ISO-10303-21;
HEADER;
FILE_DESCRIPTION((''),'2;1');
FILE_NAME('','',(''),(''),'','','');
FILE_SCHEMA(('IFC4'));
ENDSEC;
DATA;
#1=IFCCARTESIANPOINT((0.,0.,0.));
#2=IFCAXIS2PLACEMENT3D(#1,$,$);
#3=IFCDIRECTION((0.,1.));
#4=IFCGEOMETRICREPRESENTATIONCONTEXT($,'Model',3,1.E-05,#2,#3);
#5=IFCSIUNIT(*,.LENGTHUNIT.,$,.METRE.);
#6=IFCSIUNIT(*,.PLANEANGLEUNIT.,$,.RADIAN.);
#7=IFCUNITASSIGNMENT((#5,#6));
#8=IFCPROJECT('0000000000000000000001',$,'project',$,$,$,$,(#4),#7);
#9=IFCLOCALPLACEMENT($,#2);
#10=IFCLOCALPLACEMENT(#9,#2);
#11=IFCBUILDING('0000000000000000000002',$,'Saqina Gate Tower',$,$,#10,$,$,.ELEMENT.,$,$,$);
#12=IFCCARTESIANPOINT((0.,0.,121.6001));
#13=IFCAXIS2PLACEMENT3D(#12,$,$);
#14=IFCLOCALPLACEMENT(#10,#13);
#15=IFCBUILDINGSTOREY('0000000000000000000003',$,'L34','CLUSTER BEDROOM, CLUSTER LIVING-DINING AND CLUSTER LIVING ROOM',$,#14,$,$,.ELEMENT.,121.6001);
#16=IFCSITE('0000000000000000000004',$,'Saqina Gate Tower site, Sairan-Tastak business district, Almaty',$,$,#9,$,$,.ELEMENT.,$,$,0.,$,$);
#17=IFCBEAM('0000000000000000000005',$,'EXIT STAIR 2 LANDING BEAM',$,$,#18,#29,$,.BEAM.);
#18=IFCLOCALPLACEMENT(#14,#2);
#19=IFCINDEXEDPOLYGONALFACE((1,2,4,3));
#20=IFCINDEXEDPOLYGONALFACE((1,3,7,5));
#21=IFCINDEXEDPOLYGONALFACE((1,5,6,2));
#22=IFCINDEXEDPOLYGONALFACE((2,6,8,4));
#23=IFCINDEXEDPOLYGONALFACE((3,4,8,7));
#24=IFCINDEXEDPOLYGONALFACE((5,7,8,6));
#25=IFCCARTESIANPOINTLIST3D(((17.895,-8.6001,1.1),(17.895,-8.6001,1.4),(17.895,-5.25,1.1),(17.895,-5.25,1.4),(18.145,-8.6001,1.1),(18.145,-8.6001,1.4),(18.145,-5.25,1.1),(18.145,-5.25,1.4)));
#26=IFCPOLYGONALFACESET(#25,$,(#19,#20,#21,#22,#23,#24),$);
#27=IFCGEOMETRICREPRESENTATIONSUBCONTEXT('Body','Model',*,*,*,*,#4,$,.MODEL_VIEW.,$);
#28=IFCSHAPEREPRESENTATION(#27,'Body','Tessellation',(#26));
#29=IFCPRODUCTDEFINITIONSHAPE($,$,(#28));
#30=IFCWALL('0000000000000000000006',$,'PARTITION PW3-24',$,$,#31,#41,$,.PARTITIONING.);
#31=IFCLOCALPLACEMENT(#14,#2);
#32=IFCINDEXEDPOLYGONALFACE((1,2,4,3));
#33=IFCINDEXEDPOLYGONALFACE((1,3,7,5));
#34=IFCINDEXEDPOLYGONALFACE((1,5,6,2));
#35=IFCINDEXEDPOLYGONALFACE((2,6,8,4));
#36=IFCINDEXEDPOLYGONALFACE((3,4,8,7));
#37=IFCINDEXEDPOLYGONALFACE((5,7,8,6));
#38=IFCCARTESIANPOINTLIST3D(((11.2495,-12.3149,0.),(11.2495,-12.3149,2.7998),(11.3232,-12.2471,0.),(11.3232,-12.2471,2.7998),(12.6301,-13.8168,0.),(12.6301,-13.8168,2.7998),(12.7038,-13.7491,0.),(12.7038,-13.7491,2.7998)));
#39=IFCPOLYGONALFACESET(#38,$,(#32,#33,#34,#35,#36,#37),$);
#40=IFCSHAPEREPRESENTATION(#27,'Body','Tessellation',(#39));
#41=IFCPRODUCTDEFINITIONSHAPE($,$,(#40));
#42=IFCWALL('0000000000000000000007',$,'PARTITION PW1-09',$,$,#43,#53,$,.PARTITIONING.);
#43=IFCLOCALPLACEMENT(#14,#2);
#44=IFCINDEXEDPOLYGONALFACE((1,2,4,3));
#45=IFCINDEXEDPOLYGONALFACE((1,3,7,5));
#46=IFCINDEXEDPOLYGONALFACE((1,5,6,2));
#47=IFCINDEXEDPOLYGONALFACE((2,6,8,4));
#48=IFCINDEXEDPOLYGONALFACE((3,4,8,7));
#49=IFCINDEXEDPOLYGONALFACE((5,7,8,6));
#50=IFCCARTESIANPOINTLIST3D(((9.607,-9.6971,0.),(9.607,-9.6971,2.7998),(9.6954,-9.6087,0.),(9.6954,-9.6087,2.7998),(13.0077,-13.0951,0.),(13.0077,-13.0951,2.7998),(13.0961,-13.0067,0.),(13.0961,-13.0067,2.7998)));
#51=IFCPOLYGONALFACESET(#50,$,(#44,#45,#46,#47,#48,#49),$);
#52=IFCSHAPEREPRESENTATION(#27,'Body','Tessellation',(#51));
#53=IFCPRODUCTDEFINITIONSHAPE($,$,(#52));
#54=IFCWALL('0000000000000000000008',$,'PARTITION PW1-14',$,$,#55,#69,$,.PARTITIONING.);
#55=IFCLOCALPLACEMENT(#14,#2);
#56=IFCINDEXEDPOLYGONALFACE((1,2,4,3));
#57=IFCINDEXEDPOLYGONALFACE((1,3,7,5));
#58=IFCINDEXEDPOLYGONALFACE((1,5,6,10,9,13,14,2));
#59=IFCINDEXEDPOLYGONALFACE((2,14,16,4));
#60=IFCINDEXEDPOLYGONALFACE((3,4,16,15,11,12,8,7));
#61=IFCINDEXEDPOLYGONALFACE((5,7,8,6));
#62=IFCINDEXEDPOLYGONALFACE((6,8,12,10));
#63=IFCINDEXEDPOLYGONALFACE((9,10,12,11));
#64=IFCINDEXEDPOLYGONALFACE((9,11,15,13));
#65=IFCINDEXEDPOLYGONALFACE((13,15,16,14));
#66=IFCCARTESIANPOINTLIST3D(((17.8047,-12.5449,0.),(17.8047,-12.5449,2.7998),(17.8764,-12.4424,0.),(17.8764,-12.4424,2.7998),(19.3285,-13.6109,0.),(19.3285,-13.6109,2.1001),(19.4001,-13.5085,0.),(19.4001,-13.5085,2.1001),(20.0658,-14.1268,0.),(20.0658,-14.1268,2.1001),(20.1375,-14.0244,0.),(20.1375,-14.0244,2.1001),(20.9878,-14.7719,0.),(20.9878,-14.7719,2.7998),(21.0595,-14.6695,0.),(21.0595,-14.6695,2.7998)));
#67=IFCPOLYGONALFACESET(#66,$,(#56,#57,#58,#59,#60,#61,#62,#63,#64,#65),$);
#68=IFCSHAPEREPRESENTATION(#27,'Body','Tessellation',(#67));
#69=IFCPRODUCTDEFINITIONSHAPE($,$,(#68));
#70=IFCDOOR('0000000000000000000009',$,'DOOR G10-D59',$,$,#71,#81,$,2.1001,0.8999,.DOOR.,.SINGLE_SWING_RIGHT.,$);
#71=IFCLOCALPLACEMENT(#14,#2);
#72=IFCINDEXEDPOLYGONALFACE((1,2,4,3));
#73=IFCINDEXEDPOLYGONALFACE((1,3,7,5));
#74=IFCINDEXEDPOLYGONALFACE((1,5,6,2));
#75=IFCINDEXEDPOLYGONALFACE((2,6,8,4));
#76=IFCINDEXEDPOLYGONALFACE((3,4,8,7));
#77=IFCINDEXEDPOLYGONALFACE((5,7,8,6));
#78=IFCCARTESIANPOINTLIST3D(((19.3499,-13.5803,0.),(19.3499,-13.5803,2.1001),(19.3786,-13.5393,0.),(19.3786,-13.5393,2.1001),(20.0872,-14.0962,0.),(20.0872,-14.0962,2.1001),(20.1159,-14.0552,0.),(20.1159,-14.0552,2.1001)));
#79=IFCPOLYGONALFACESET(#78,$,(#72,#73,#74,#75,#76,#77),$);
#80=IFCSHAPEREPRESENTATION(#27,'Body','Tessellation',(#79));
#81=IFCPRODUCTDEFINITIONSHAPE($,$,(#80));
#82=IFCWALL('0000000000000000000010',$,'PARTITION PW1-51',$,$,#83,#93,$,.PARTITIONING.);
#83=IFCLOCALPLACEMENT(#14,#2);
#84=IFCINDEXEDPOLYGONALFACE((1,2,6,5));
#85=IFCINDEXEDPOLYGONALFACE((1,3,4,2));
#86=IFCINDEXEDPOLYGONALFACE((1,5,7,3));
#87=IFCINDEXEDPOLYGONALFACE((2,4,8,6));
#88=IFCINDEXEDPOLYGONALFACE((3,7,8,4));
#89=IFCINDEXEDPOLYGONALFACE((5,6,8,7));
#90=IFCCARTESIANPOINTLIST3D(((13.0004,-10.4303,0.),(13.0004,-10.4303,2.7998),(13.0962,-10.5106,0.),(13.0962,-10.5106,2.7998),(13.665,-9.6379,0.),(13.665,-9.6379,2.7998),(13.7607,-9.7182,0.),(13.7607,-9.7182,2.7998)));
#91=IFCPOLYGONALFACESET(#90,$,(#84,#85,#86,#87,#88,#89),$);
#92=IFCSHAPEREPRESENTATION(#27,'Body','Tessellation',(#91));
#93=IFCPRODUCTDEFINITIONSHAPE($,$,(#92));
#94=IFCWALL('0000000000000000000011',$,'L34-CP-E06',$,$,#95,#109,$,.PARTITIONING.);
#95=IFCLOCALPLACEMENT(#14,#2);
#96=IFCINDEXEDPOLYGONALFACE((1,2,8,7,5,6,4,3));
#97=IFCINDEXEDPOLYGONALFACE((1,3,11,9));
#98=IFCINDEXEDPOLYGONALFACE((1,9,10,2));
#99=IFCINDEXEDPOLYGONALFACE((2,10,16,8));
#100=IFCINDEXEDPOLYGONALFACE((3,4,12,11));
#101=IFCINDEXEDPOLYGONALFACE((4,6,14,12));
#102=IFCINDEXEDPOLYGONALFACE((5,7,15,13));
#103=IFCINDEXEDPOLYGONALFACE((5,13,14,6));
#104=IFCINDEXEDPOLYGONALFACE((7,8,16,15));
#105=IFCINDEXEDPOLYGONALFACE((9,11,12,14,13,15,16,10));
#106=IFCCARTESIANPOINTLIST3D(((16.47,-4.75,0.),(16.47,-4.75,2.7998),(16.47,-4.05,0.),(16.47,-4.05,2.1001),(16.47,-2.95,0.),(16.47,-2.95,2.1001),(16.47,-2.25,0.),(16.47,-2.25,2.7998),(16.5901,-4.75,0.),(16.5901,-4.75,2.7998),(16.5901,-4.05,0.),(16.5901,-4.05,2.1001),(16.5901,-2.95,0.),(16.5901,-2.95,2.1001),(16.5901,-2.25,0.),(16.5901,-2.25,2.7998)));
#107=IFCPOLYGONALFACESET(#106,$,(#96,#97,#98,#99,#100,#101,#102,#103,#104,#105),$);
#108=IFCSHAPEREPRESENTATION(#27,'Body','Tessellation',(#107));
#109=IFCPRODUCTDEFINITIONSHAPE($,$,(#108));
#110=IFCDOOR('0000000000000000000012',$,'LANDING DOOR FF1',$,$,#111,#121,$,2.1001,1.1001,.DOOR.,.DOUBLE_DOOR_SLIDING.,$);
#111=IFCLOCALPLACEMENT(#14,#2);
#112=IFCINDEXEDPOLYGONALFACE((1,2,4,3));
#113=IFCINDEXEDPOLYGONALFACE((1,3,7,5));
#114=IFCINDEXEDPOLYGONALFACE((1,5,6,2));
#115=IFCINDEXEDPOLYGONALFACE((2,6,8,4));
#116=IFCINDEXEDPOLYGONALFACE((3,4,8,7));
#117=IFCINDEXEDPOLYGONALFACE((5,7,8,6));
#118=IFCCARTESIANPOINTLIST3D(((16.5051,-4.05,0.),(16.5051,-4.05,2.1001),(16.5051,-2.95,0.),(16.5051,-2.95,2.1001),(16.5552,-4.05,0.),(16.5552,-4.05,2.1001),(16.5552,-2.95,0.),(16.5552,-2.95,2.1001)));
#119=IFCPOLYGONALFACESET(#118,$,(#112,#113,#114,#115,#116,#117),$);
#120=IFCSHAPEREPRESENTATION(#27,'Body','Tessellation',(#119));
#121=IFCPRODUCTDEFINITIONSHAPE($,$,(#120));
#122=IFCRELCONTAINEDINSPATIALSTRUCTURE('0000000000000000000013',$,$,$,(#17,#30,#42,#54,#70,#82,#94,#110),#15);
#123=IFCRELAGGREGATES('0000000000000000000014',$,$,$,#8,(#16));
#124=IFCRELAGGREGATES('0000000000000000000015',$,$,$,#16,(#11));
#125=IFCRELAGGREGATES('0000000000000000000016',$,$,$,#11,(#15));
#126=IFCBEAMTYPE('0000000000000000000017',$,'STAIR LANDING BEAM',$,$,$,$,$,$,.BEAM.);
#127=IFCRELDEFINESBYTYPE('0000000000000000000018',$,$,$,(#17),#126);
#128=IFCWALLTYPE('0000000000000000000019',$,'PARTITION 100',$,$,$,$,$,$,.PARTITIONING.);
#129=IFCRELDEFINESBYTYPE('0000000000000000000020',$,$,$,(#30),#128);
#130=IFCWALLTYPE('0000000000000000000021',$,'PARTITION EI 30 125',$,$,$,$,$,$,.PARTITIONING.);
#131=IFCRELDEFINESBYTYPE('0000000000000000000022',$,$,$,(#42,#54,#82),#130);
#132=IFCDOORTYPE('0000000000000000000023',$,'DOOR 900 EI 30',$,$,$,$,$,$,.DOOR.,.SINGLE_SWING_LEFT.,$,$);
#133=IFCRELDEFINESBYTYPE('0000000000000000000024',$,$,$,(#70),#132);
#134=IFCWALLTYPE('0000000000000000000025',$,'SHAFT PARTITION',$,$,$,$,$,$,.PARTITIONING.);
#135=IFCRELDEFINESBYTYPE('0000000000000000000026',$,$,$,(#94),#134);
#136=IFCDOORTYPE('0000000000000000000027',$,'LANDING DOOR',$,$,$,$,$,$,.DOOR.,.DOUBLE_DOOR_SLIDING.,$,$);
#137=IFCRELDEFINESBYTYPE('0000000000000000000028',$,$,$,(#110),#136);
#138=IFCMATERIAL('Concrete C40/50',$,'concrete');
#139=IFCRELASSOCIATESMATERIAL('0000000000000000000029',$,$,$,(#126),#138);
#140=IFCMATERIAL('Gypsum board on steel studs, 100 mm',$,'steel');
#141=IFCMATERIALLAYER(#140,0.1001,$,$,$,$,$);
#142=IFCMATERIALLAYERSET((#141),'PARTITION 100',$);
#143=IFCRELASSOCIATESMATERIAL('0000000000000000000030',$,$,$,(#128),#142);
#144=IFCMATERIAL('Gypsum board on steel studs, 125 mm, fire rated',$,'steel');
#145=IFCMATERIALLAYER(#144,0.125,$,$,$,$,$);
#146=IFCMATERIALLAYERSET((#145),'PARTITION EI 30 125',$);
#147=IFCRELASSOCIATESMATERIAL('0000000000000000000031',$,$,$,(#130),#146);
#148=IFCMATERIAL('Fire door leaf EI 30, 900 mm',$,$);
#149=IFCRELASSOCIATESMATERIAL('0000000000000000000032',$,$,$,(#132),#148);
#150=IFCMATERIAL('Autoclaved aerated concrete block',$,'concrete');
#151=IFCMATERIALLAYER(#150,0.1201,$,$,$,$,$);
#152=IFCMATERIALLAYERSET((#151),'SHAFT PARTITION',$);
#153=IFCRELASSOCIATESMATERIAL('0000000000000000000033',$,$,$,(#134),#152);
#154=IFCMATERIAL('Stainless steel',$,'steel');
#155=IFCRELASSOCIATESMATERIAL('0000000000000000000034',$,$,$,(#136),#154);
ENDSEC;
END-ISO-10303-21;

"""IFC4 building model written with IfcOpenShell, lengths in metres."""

from ifc_helpers import new_model, si_unit, direction, frame, frame_2d, origin, origin_2d, place, context, subcontext, project, spatial, rectangle, extrude, material, layer, layer_set, material_profile, profile_set, type_object, element, fill, save


model = new_model("IFC4")

# Units and contexts
model_context = context("Model", 3, precision=1e-05, world=origin(), true_north=direction((0.0, 1.0)))
body_context = subcontext(model_context, "Body", "Model", "MODEL_VIEW")
ifc_project = project(units=[si_unit("LENGTHUNIT", "METRE"), si_unit("PLANEANGLEUNIT", "RADIAN")], contexts=[model_context])

# Site, building, storey
site_placement = place(None, origin())
site = spatial("IfcSite", under=ifc_project, at=site_placement, Name="Saqina Gate Tower site, Sairan-Tastak business district, Almaty", CompositionType="ELEMENT", RefElevation=0.0)
building_placement = place(site_placement, origin())
building = spatial("IfcBuilding", under=site, at=building_placement, Name="Saqina Gate Tower", CompositionType="ELEMENT")
storey_placement = place(building_placement, frame((0.0, 0.0, 121.6001)))
storey = spatial("IfcBuildingStorey", under=building, at=storey_placement, Name="L34", Description="CLUSTER BEDROOM, CLUSTER LIVING-DINING AND CLUSTER LIVING ROOM", CompositionType="ELEMENT", Elevation=121.6001)

# Beam
ifc_material_1 = material(Name="Concrete C40/50", Category="concrete")
ifc_material_profile = material_profile(ifc_material_1, rectangle(XDim=0.25, YDim=0.3, at=origin_2d()), Name="STAIR LANDING BEAM")
ifc_profile_set = profile_set([ifc_material_profile], Name="Concrete C40/50")
beam_type = type_object("IfcBeamType", Name="STAIR LANDING BEAM", PredefinedType="BEAM", material=ifc_profile_set)
beam_placement = place(storey_placement, frame((18.02, -8.6001, 1.25), z_axis=(0.0, 1.0, 0.0), x_axis=(-1.0, 0.0, 0.0)))
element("IfcBeam", 1, at=beam_placement, inside=storey, type_object=beam_type, Name="EXIT STAIR 2 LANDING BEAM", PredefinedType="BEAM", context=body_context, shape_type="SweptSolid", body=[
    extrude(rectangle(XDim=0.25, YDim=0.3, at=origin_2d()), origin(), (0.0, 0.0, 1.0), 3.3501),
])

# Walls
ifc_material_2 = material(Name="Gypsum board on steel studs, 100 mm", Category="steel")
ifc_layer_1 = layer(ifc_material_2, 0.1001)
ifc_layer_set_1 = layer_set([ifc_layer_1], Name="PARTITION 100")
wall_type_1 = type_object("IfcWallType", Name="PARTITION 100", PredefinedType="PARTITIONING", material=ifc_layer_set_1)
wall_1_placement = place(storey_placement, frame((11.2864, -12.281, 0.0), z_axis=(0.0, 0.0, 1.0), x_axis=(0.676743, -0.73622, 0.0)))
element("IfcWall", 2, at=wall_1_placement, inside=storey, type_object=wall_type_1, Name="PARTITION PW3-24", PredefinedType="PARTITIONING", context=body_context, shape_type="SweptSolid", body=[
    extrude(rectangle(XDim=2.04, YDim=0.1001, at=frame_2d((1.02, 0.0))), origin(), (0.0, 0.0, 1.0), 2.7998),
])
ifc_material_3 = material(Name="Gypsum board on steel studs, 125 mm, fire rated", Category="steel")
ifc_layer_2 = layer(ifc_material_3, 0.125)
ifc_layer_set_2 = layer_set([ifc_layer_2], Name="PARTITION EI 30 125")
wall_type_2 = type_object("IfcWallType", Name="PARTITION EI 30 125", PredefinedType="PARTITIONING", material=ifc_layer_set_2)
wall_2_placement = place(storey_placement, frame((9.6511, -9.6528, 0.0), z_axis=(0.0, 0.0, 1.0), x_axis=(0.707386, -0.706827, 0.0)))
element("IfcWall", 3, at=wall_2_placement, inside=storey, type_object=wall_type_2, Name="PARTITION PW1-09", PredefinedType="PARTITIONING", context=body_context, shape_type="SweptSolid", body=[
    extrude(rectangle(XDim=4.8074, YDim=0.125, at=frame_2d((2.4038, 0.0))), origin(), (0.0, 0.0, 1.0), 2.7998),
])

# Wall, opening, door
wall_3_placement = place(storey_placement, frame((17.8406, -12.4937, 0.0), z_axis=(0.0, 0.0, 1.0), x_axis=(0.819368, -0.573268, 0.0)))
wall_3 = element("IfcWall", 4, at=wall_3_placement, inside=storey, type_object=wall_type_2, Name="PARTITION PW1-14", PredefinedType="PARTITIONING", context=body_context, shape_type="SweptSolid", body=[
    extrude(rectangle(XDim=3.8848, YDim=0.125, at=frame_2d((1.9424, 0.0))), origin(), (0.0, 0.0, 1.0), 2.7998),
])
opening_1_placement = place(wall_3_placement, frame((1.8596, 0.0, 0.0)))
opening_1 = element("IfcOpeningElement", 5, at=opening_1_placement, cuts=wall_3, PredefinedType="OPENING", context=body_context, shape_type="SweptSolid", body=[
    extrude(rectangle(XDim=0.8999, YDim=2.1001, at=frame_2d((0.45, 1.05))), frame((0.0, 0.0745, 0.0), z_axis=(0.0, -1.0, 0.0), x_axis=(1.0, 0.0, 0.0)), (0.0, 0.0, 1.0), 0.1489),
])
ifc_material_4 = material(Name="Fire door leaf EI 30, 900 mm")
door_type_1 = type_object("IfcDoorType", Name="DOOR 900 EI 30", OperationType="SINGLE_SWING_LEFT", PredefinedType="DOOR", material=ifc_material_4)
door_1_placement = place(opening_1_placement, origin())
door_1 = element("IfcDoor", 6, at=door_1_placement, inside=storey, type_object=door_type_1, Name="DOOR G10-D59", OperationType="SINGLE_SWING_RIGHT", OverallHeight=2.1001, OverallWidth=0.8999, PredefinedType="DOOR", context=body_context, shape_type="SweptSolid", body=[
    extrude(rectangle(XDim=0.8999, YDim=2.1001, at=frame_2d((0.45, 1.05))), frame((0.0, 0.0249, 0.0), z_axis=(0.0, -1.0, 0.0), x_axis=(1.0, 0.0, 0.0)), (0.0, 0.0, 1.0), 0.05),
])
fill(opening_1, door_1)

# Wall
wall_4_placement = place(storey_placement, frame((13.0483, -10.4705, 0.0), z_axis=(0.0, 0.0, 1.0), x_axis=(0.64255, 0.766244, 0.0)))
element("IfcWall", 7, at=wall_4_placement, inside=storey, type_object=wall_type_2, Name="PARTITION PW1-51", PredefinedType="PARTITIONING", context=body_context, shape_type="SweptSolid", body=[
    extrude(rectangle(XDim=1.0342, YDim=0.125, at=frame_2d((0.5171, 0.0))), origin(), (0.0, 0.0, 1.0), 2.7998),
])

# Wall, opening, door
ifc_material_5 = material(Name="Autoclaved aerated concrete block", Category="concrete")
ifc_layer_3 = layer(ifc_material_5, 0.1201)
ifc_layer_set_3 = layer_set([ifc_layer_3], Name="SHAFT PARTITION")
wall_type_3 = type_object("IfcWallType", Name="SHAFT PARTITION", PredefinedType="PARTITIONING", material=ifc_layer_set_3)
wall_5_placement = place(storey_placement, frame((16.53, -4.75, 0.0), z_axis=(0.0, 0.0, 1.0), x_axis=(0.0, 1.0, 0.0)))
wall_5 = element("IfcWall", 8, at=wall_5_placement, inside=storey, type_object=wall_type_3, Name="L34-CP-E06", PredefinedType="PARTITIONING", context=body_context, shape_type="SweptSolid", body=[
    extrude(rectangle(XDim=2.5, YDim=0.1201, at=frame_2d((1.25, 0.0))), origin(), (0.0, 0.0, 1.0), 2.7998),
])
opening_2_placement = place(wall_5_placement, frame((0.7, 0.0, 0.0)))
opening_2 = element("IfcOpeningElement", 9, at=opening_2_placement, cuts=wall_5, PredefinedType="OPENING", context=body_context, shape_type="SweptSolid", body=[
    extrude(rectangle(XDim=1.1001, YDim=2.1001, at=frame_2d((0.55, 1.05))), frame((0.0, 0.072, 0.0), z_axis=(0.0, -1.0, 0.0), x_axis=(1.0, 0.0, 0.0)), (0.0, 0.0, 1.0), 0.144),
])
ifc_material_6 = material(Name="Stainless steel", Category="steel")
door_type_2 = type_object("IfcDoorType", Name="LANDING DOOR", OperationType="DOUBLE_DOOR_SLIDING", PredefinedType="DOOR", material=ifc_material_6)
door_2_placement = place(opening_2_placement, origin())
door_2 = element("IfcDoor", 10, at=door_2_placement, inside=storey, type_object=door_type_2, Name="LANDING DOOR FF1", OperationType="DOUBLE_DOOR_SLIDING", OverallHeight=2.1001, OverallWidth=1.1001, PredefinedType="DOOR", context=body_context, shape_type="SweptSolid", body=[
    extrude(rectangle(XDim=1.1001, YDim=2.1001, at=frame_2d((0.55, 1.05))), frame((0.0, 0.0249, 0.0), z_axis=(0.0, -1.0, 0.0), x_axis=(1.0, 0.0, 0.0)), (0.0, 0.0, 1.0), 0.05),
])
fill(opening_2, door_2)

save(model, "model.ifc")
